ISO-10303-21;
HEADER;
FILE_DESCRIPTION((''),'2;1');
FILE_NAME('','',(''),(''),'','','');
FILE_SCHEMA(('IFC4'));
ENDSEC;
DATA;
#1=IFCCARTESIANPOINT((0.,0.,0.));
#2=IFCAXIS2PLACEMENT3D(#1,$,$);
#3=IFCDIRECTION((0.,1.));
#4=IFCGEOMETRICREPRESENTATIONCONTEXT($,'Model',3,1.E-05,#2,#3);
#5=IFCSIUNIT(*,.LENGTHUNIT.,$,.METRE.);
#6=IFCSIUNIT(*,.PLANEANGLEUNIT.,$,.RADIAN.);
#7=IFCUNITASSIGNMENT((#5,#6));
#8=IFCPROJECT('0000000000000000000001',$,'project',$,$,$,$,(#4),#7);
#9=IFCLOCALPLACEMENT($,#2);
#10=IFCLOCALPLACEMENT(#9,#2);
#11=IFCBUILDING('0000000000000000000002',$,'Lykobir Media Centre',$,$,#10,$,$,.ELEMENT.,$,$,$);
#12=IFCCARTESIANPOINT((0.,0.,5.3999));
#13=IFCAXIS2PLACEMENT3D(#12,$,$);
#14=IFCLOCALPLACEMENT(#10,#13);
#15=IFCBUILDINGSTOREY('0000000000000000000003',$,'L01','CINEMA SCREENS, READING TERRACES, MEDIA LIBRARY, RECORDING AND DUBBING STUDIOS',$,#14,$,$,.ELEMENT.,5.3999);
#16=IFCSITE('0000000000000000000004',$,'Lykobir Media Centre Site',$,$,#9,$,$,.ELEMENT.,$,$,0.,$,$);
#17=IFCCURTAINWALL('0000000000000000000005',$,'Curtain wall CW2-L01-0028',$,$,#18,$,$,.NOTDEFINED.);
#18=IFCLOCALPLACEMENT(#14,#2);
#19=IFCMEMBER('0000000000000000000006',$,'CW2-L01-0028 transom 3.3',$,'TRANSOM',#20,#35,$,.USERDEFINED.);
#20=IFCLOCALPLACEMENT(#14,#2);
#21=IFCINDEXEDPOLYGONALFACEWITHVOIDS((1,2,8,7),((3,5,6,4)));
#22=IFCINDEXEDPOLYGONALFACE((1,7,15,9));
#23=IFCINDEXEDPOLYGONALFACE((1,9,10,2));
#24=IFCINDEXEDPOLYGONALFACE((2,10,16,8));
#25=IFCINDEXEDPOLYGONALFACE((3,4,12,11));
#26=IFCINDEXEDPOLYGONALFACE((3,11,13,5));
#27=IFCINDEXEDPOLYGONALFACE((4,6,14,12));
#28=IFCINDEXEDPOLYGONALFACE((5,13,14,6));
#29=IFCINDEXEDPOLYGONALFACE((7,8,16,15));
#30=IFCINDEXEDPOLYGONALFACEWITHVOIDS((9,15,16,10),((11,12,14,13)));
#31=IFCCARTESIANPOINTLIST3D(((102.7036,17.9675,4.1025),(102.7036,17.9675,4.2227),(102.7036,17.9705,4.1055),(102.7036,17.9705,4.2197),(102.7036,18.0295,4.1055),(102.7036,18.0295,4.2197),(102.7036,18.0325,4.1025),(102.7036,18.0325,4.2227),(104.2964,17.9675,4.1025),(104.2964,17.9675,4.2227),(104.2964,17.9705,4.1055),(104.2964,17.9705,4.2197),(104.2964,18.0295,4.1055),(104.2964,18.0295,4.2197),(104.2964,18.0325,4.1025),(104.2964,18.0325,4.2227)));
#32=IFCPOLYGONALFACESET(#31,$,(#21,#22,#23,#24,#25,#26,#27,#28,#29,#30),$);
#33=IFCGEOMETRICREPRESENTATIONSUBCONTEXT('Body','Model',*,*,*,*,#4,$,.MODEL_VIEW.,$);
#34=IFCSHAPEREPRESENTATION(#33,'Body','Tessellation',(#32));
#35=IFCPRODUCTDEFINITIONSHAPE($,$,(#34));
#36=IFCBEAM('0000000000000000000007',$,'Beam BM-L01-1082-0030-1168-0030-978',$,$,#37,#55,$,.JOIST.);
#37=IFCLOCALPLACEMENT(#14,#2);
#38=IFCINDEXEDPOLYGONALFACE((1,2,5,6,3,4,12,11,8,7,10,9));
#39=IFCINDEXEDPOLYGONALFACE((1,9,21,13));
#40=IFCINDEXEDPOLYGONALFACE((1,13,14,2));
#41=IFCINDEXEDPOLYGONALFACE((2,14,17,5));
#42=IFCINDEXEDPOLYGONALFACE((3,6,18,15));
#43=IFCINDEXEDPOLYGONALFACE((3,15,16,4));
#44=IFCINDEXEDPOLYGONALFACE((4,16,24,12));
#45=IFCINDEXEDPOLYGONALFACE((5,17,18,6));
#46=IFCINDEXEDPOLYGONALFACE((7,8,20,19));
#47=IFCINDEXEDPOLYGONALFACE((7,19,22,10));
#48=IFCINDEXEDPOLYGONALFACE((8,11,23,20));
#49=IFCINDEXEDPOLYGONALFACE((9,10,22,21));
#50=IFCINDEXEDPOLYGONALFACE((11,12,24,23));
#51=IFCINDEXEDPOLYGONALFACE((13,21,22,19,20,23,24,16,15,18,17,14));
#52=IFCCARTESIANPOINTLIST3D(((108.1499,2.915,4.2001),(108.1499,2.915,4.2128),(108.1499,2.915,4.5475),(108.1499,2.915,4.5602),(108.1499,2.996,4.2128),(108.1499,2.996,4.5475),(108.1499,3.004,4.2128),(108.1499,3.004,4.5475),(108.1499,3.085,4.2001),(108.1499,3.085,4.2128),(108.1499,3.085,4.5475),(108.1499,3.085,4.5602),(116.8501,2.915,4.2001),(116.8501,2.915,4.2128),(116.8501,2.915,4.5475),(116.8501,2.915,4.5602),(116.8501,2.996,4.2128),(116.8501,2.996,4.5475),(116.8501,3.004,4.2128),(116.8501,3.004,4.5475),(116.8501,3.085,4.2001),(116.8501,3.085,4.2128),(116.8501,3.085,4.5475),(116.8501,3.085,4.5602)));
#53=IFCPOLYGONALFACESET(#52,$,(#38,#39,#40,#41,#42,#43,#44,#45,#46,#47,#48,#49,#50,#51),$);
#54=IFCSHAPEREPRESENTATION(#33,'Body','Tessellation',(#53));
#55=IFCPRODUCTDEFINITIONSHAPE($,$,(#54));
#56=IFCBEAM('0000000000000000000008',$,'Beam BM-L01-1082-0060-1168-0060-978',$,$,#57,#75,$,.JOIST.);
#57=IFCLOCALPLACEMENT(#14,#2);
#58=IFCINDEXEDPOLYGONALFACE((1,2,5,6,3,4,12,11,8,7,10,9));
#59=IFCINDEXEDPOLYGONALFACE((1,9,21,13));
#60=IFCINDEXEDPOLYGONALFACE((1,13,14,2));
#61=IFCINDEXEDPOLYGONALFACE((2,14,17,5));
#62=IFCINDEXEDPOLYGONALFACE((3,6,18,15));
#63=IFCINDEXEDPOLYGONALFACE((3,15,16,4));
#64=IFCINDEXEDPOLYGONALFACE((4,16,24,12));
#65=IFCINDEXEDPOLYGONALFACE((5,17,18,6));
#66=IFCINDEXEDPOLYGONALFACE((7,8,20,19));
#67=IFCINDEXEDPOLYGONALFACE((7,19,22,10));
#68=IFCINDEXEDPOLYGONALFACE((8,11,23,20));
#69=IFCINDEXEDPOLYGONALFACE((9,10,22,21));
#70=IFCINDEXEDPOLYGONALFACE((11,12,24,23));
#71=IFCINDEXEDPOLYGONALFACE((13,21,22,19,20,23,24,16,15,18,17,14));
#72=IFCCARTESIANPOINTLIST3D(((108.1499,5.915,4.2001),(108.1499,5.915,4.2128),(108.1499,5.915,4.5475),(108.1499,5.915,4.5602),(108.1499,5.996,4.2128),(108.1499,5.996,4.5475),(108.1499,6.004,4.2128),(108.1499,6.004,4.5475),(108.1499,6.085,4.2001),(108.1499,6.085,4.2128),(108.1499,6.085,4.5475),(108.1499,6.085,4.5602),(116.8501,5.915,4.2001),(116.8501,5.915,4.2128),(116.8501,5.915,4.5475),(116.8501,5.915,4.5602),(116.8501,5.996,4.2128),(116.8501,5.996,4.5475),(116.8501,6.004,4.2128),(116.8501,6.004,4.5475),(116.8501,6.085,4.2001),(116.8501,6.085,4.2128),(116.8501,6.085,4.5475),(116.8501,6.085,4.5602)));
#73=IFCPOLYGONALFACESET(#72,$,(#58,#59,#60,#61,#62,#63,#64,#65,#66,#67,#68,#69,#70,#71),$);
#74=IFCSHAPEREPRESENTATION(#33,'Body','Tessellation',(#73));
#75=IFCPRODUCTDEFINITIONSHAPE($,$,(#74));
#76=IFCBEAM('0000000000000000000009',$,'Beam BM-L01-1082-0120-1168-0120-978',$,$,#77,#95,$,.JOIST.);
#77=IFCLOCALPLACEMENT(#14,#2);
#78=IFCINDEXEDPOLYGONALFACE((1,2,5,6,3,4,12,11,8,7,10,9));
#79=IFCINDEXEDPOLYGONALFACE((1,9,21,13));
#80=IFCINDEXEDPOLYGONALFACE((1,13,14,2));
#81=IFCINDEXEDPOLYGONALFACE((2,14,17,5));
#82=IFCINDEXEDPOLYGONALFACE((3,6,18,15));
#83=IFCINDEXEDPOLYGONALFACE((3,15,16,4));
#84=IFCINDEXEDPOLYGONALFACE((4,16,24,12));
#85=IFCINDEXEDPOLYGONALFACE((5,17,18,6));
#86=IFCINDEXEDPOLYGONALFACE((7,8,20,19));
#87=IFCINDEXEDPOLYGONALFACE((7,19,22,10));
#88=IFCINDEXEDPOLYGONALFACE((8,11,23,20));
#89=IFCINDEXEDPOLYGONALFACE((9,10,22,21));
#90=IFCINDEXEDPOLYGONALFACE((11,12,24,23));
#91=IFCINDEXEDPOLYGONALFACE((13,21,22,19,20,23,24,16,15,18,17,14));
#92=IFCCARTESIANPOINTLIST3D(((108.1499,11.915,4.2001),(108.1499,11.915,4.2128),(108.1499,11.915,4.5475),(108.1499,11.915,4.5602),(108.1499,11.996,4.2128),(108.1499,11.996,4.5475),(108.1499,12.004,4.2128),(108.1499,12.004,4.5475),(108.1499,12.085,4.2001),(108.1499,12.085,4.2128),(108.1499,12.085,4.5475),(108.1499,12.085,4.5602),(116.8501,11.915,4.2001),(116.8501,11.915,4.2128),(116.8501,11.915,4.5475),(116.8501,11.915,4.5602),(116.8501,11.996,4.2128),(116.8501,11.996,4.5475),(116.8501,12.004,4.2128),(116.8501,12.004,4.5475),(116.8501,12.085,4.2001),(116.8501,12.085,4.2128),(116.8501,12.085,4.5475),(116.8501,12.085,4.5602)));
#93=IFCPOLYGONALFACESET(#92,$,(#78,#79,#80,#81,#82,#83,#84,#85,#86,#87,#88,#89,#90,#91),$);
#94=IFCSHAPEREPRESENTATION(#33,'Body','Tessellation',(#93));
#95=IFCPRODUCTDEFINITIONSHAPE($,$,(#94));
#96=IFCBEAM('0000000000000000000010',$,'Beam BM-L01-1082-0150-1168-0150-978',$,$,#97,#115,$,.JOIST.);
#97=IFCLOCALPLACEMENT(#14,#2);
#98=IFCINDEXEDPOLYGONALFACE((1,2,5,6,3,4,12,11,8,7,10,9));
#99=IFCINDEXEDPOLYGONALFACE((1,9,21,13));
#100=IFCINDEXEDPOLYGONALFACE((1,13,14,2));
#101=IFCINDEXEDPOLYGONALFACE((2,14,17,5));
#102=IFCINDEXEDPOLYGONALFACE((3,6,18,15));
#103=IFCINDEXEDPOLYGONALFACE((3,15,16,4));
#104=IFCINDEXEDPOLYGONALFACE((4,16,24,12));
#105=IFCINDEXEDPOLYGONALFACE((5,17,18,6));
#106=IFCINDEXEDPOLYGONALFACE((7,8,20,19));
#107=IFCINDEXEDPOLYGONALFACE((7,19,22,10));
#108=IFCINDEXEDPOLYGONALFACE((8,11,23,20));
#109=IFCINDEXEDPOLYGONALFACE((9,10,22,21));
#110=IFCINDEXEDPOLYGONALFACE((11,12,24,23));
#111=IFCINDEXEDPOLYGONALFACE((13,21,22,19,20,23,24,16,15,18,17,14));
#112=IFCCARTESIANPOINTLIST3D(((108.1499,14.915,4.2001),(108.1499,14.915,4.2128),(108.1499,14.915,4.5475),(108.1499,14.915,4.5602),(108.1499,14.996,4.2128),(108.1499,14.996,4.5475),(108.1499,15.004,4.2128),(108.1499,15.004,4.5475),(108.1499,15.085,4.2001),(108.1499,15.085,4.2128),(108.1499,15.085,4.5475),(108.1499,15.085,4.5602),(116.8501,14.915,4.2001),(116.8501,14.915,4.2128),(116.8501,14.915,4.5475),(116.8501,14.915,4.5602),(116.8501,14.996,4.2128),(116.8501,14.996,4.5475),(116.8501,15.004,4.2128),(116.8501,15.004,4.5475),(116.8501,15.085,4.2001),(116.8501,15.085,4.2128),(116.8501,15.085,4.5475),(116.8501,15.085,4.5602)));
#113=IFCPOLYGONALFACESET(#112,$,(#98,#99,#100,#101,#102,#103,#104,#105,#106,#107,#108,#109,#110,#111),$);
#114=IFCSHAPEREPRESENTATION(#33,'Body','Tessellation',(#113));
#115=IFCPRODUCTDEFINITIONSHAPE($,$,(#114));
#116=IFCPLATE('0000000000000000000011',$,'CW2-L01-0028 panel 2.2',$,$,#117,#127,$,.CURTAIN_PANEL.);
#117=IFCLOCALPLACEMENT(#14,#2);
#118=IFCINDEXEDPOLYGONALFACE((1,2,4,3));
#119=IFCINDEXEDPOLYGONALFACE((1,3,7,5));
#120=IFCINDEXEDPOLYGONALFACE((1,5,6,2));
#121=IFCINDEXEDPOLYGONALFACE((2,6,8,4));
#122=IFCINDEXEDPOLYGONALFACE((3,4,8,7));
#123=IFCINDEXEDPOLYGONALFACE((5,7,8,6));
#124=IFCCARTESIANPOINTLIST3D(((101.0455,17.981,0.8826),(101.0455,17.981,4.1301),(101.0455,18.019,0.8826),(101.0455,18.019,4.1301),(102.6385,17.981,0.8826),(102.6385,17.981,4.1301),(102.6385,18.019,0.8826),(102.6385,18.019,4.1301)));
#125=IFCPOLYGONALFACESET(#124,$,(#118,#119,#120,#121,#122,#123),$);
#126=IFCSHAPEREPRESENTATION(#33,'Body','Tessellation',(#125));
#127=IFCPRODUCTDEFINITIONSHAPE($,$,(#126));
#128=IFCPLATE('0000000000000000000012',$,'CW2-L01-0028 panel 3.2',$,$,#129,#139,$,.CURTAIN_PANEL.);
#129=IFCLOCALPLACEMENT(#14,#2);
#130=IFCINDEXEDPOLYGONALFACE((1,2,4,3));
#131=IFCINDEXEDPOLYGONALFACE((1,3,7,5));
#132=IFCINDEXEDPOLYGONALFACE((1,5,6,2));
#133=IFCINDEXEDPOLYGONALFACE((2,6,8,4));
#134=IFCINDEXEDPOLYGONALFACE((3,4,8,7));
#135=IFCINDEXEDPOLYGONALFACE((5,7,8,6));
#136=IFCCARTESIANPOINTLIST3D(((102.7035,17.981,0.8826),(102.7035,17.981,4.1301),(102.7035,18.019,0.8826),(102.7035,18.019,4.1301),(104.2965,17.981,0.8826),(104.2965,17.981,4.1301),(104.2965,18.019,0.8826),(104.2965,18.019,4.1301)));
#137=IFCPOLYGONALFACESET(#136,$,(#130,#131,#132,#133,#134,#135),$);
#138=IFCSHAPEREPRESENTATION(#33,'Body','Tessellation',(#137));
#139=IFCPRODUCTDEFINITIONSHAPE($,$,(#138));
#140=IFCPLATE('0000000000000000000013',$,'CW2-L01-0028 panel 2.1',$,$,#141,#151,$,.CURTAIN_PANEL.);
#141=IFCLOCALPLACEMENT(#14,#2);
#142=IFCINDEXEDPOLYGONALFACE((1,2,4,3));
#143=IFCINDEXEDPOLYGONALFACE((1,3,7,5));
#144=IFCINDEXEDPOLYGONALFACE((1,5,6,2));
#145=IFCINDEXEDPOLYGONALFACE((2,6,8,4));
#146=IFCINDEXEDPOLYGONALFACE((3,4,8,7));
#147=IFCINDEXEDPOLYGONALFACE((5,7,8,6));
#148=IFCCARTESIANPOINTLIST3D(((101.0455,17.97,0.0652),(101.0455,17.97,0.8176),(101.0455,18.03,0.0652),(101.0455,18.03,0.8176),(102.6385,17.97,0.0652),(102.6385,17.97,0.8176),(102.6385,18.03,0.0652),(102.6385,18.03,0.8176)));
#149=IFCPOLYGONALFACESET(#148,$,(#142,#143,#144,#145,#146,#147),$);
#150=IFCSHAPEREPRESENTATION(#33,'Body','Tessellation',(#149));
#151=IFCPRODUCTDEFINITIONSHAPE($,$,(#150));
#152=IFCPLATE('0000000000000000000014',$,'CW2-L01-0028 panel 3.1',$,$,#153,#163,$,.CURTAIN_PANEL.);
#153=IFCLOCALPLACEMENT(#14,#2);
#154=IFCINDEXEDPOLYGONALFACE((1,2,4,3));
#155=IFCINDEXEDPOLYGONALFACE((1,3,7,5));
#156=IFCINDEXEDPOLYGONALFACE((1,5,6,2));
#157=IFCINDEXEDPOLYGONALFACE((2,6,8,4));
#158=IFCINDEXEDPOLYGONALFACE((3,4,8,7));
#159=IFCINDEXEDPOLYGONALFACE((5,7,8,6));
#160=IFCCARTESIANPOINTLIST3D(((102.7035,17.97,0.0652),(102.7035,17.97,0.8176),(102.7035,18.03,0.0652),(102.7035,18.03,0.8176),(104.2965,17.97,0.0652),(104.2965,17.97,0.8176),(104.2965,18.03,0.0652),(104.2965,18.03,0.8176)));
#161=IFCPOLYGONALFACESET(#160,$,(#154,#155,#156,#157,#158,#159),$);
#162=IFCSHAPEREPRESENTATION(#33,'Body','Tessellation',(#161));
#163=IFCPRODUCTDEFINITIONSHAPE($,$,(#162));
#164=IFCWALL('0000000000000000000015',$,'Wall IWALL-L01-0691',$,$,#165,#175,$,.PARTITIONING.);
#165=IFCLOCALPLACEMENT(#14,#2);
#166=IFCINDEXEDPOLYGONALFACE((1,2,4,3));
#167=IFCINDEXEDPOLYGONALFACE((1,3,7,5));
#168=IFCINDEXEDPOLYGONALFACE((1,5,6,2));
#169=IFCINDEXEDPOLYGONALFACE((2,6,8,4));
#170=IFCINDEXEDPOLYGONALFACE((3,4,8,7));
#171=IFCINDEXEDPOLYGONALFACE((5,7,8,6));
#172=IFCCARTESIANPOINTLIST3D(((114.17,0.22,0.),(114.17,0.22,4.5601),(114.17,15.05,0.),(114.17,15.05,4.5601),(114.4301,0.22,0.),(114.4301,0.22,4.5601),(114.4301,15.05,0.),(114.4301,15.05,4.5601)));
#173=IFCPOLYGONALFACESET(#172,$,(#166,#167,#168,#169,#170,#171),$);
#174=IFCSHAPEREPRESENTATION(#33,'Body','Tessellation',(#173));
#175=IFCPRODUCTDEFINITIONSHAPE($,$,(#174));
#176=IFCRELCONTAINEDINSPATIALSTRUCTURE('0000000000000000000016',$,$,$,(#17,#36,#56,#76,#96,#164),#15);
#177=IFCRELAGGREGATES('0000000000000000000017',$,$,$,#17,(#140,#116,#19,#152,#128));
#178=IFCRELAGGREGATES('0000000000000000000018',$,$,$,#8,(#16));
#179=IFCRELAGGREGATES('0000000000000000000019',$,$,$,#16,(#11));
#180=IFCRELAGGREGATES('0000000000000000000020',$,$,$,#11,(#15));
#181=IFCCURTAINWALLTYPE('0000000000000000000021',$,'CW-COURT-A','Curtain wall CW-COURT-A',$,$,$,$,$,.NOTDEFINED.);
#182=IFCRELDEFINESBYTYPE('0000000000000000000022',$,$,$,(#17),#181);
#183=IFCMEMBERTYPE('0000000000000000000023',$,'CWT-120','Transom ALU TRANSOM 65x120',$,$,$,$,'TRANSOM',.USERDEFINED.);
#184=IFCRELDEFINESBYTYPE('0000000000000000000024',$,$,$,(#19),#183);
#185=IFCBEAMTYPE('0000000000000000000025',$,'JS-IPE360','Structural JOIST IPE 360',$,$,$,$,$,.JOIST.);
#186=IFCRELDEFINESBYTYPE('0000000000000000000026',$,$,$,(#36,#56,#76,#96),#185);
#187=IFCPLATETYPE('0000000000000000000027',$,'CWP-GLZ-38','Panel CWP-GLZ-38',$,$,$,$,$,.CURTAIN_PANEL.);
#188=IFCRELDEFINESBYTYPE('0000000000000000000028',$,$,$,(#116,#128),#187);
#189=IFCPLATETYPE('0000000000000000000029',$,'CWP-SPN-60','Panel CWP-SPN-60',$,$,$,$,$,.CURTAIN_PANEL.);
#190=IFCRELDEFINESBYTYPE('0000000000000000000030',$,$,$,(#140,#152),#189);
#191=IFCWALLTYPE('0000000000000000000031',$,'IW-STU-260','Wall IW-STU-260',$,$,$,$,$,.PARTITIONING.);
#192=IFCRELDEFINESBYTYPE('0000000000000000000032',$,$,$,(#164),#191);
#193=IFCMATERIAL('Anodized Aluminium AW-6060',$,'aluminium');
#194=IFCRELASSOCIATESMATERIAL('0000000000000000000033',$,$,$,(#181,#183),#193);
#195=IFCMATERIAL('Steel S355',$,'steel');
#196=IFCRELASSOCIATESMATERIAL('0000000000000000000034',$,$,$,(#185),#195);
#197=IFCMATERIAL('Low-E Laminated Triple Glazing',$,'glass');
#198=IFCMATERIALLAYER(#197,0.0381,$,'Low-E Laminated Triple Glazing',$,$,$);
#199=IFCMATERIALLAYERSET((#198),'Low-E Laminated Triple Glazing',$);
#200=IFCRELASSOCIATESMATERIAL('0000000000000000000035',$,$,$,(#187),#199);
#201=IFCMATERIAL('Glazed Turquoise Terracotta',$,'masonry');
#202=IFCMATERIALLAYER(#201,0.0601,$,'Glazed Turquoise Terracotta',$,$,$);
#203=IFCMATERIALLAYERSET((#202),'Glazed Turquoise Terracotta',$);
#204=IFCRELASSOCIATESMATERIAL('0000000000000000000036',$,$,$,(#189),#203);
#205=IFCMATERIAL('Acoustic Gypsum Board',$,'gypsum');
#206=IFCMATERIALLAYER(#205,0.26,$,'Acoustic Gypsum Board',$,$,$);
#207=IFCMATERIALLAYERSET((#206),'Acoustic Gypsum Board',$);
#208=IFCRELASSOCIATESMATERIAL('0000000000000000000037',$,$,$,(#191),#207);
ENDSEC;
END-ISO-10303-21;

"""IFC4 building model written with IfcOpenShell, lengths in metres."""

from ifc_helpers import new_model, si_unit, direction, frame, frame_2d, origin, origin_2d, place, context, subcontext, project, spatial, rectangle, hollow_rectangle, i_section, extrude, material, layer, layer_set, material_profile, profile_set, type_object, element, aggregate, save


model = new_model("IFC4")

# Units and contexts
model_context = context("Model", 3, precision=1e-05, world=origin(), true_north=direction((0.0, 1.0)))
body_context = subcontext(model_context, "Body", "Model", "MODEL_VIEW")
ifc_project = project(units=[si_unit("LENGTHUNIT", "METRE"), si_unit("PLANEANGLEUNIT", "RADIAN")], contexts=[model_context])

# Site, building, storey
site_placement = place(None, origin())
site = spatial("IfcSite", under=ifc_project, at=site_placement, Name="Lykobir Media Centre Site", CompositionType="ELEMENT", RefElevation=0.0)
building_placement = place(site_placement, origin())
building = spatial("IfcBuilding", under=site, at=building_placement, Name="Lykobir Media Centre", CompositionType="ELEMENT")
storey_placement = place(building_placement, frame((0.0, 0.0, 5.3999)))
storey = spatial("IfcBuildingStorey", under=building, at=storey_placement, Name="L01", Description="CINEMA SCREENS, READING TERRACES, MEDIA LIBRARY, RECORDING AND DUBBING STUDIOS", CompositionType="ELEMENT", Elevation=5.3999)

# Shared definitions
ifc_material_1 = material(Name="Steel S355", Category="steel")

# Curtain wall, member
ifc_material_2 = material(Name="Anodized Aluminium AW-6060", Category="aluminium")
curtain_wall_type = type_object("IfcCurtainWallType", Name="CW-COURT-A", Description="Curtain wall CW-COURT-A", PredefinedType="NOTDEFINED", material=ifc_material_2)
curtain_wall_placement = place(storey_placement, origin())
curtain_wall = element("IfcCurtainWall", 1, at=curtain_wall_placement, inside=storey, type_object=curtain_wall_type, Name="Curtain wall CW2-L01-0028", PredefinedType="NOTDEFINED")
ifc_material_profile_1 = material_profile(ifc_material_2, hollow_rectangle(XDim=0.0649, YDim=0.1201, WallThickness=0.0029, at=origin_2d()), Name="ALU TRANSOM 65x120")
ifc_profile_set_1 = profile_set([ifc_material_profile_1], Name="Anodized Aluminium AW-6060")
member_type_1 = type_object("IfcMemberType", Name="CWT-120", Description="Transom ALU TRANSOM 65x120", ElementType="TRANSOM", PredefinedType="USERDEFINED", material=ifc_profile_set_1)
member_1_placement = place(storey_placement, frame((102.7036, 18.0, 4.1626), z_axis=(1.0, 0.0, 0.0), x_axis=(0.0, 1.0, 0.0)))
member_1 = element("IfcMember", 2, at=member_1_placement, type_object=member_type_1, Name="CW2-L01-0028 transom 3.3", ObjectType="TRANSOM", PredefinedType="USERDEFINED", context=body_context, shape_type="SweptSolid", body=[
    extrude(hollow_rectangle(XDim=0.0649, YDim=0.1201, WallThickness=0.0029, at=origin_2d()), origin(), (0.0, 0.0, 1.0), 1.5928),
])

# Beams
ifc_material_profile_2 = material_profile(ifc_material_1, i_section(OverallWidth=0.1699, OverallDepth=0.3601, WebThickness=0.0081, FlangeThickness=0.0127, at=origin_2d()), Name="IPE 360")
ifc_profile_set_2 = profile_set([ifc_material_profile_2], Name="Steel S355")
beam_type_1 = type_object("IfcBeamType", Name="JS-IPE360", Description="Structural JOIST IPE 360", PredefinedType="JOIST", material=ifc_profile_set_2)
for number, where, z_axis, x_axis, name in (
    (3, (108.1499, 3.0, 4.3801), (1.0, 0.0, 0.0), (0.0, 1.0, 0.0), "Beam BM-L01-1082-0030-1168-0030-978"),
    (4, (108.1499, 6.0, 4.3801), (1.0, 0.0, 0.0), (0.0, 1.0, 0.0), "Beam BM-L01-1082-0060-1168-0060-978"),
    (5, (108.1499, 12.0, 4.3801), (1.0, 0.0, 0.0), (0.0, 1.0, 0.0), "Beam BM-L01-1082-0120-1168-0120-978"),
    (6, (108.1499, 15.0, 4.3801), (1.0, 0.0, 0.0), (0.0, 1.0, 0.0), "Beam BM-L01-1082-0150-1168-0150-978"),
):
    element("IfcBeam", number, at=place(storey_placement, frame(where, z_axis=z_axis, x_axis=x_axis)), inside=storey, type_object=beam_type_1, Name=name, PredefinedType="JOIST", context=body_context, shape_type="SweptSolid", body=[
        extrude(i_section(OverallWidth=0.1699, OverallDepth=0.3601, WebThickness=0.0081, FlangeThickness=0.0127, at=origin_2d()), origin(), (0.0, 0.0, 1.0), 8.7002),
    ])

# Plates
ifc_material_3 = material(Name="Low-E Laminated Triple Glazing", Category="glass")
ifc_layer_1 = layer(ifc_material_3, 0.0381, Name="Low-E Laminated Triple Glazing")
ifc_layer_set_1 = layer_set([ifc_layer_1], Name="Low-E Laminated Triple Glazing")
plate_type_1 = type_object("IfcPlateType", Name="CWP-GLZ-38", Description="Panel CWP-GLZ-38", PredefinedType="CURTAIN_PANEL", material=ifc_layer_set_1)
plate_1_placement = place(storey_placement, frame((101.842, 18.0, 0.8826), z_axis=(0.0, 0.0, 1.0), x_axis=(1.0, 0.0, 0.0)))
plate_1 = element("IfcPlate", 7, at=plate_1_placement, type_object=plate_type_1, Name="CW2-L01-0028 panel 2.2", PredefinedType="CURTAIN_PANEL", context=body_context, shape_type="SweptSolid", body=[
    extrude(rectangle(XDim=1.593, YDim=0.0381, at=origin_2d()), origin(), (0.0, 0.0, 1.0), 3.2476),
])
plate_2_placement = place(storey_placement, frame((103.5, 18.0, 0.8826), z_axis=(0.0, 0.0, 1.0), x_axis=(1.0, 0.0, 0.0)))
plate_2 = element("IfcPlate", 8, at=plate_2_placement, type_object=plate_type_1, Name="CW2-L01-0028 panel 3.2", PredefinedType="CURTAIN_PANEL", context=body_context, shape_type="SweptSolid", body=[
    extrude(rectangle(XDim=1.593, YDim=0.0381, at=origin_2d()), origin(), (0.0, 0.0, 1.0), 3.2476),
])
ifc_material_4 = material(Name="Glazed Turquoise Terracotta", Category="masonry")
ifc_layer_2 = layer(ifc_material_4, 0.0601, Name="Glazed Turquoise Terracotta")
ifc_layer_set_2 = layer_set([ifc_layer_2], Name="Glazed Turquoise Terracotta")
plate_type_2 = type_object("IfcPlateType", Name="CWP-SPN-60", Description="Panel CWP-SPN-60", PredefinedType="CURTAIN_PANEL", material=ifc_layer_set_2)
plate_3_placement = place(storey_placement, frame((101.842, 18.0, 0.0652), z_axis=(0.0, 0.0, 1.0), x_axis=(1.0, 0.0, 0.0)))
plate_3 = element("IfcPlate", 9, at=plate_3_placement, type_object=plate_type_2, Name="CW2-L01-0028 panel 2.1", PredefinedType="CURTAIN_PANEL", context=body_context, shape_type="SweptSolid", body=[
    extrude(rectangle(XDim=1.593, YDim=0.0601, at=origin_2d()), origin(), (0.0, 0.0, 1.0), 0.7524),
])
plate_4_placement = place(storey_placement, frame((103.5, 18.0, 0.0652), z_axis=(0.0, 0.0, 1.0), x_axis=(1.0, 0.0, 0.0)))
plate_4 = element("IfcPlate", 10, at=plate_4_placement, type_object=plate_type_2, Name="CW2-L01-0028 panel 3.1", PredefinedType="CURTAIN_PANEL", context=body_context, shape_type="SweptSolid", body=[
    extrude(rectangle(XDim=1.593, YDim=0.0601, at=origin_2d()), origin(), (0.0, 0.0, 1.0), 0.7524),
])
aggregate(curtain_wall, [plate_3, plate_1, member_1, plate_4, plate_2])

# Wall
ifc_material_5 = material(Name="Acoustic Gypsum Board", Category="gypsum")
ifc_layer_3 = layer(ifc_material_5, 0.26, Name="Acoustic Gypsum Board")
ifc_layer_set_3 = layer_set([ifc_layer_3], Name="Acoustic Gypsum Board")
wall_type = type_object("IfcWallType", Name="IW-STU-260", Description="Wall IW-STU-260", PredefinedType="PARTITIONING", material=ifc_layer_set_3)
wall_placement = place(storey_placement, frame((114.3, 0.22, 0.0), z_axis=(0.0, 0.0, 1.0), x_axis=(0.0, 1.0, 0.0)))
element("IfcWall", 11, at=wall_placement, inside=storey, type_object=wall_type, Name="Wall IWALL-L01-0691", PredefinedType="PARTITIONING", context=body_context, shape_type="SweptSolid", body=[
    extrude(rectangle(XDim=14.8301, YDim=0.26, at=frame_2d((7.415, 0.0))), origin(), (0.0, 0.0, 1.0), 4.5601),
])

save(model, "model.ifc")
